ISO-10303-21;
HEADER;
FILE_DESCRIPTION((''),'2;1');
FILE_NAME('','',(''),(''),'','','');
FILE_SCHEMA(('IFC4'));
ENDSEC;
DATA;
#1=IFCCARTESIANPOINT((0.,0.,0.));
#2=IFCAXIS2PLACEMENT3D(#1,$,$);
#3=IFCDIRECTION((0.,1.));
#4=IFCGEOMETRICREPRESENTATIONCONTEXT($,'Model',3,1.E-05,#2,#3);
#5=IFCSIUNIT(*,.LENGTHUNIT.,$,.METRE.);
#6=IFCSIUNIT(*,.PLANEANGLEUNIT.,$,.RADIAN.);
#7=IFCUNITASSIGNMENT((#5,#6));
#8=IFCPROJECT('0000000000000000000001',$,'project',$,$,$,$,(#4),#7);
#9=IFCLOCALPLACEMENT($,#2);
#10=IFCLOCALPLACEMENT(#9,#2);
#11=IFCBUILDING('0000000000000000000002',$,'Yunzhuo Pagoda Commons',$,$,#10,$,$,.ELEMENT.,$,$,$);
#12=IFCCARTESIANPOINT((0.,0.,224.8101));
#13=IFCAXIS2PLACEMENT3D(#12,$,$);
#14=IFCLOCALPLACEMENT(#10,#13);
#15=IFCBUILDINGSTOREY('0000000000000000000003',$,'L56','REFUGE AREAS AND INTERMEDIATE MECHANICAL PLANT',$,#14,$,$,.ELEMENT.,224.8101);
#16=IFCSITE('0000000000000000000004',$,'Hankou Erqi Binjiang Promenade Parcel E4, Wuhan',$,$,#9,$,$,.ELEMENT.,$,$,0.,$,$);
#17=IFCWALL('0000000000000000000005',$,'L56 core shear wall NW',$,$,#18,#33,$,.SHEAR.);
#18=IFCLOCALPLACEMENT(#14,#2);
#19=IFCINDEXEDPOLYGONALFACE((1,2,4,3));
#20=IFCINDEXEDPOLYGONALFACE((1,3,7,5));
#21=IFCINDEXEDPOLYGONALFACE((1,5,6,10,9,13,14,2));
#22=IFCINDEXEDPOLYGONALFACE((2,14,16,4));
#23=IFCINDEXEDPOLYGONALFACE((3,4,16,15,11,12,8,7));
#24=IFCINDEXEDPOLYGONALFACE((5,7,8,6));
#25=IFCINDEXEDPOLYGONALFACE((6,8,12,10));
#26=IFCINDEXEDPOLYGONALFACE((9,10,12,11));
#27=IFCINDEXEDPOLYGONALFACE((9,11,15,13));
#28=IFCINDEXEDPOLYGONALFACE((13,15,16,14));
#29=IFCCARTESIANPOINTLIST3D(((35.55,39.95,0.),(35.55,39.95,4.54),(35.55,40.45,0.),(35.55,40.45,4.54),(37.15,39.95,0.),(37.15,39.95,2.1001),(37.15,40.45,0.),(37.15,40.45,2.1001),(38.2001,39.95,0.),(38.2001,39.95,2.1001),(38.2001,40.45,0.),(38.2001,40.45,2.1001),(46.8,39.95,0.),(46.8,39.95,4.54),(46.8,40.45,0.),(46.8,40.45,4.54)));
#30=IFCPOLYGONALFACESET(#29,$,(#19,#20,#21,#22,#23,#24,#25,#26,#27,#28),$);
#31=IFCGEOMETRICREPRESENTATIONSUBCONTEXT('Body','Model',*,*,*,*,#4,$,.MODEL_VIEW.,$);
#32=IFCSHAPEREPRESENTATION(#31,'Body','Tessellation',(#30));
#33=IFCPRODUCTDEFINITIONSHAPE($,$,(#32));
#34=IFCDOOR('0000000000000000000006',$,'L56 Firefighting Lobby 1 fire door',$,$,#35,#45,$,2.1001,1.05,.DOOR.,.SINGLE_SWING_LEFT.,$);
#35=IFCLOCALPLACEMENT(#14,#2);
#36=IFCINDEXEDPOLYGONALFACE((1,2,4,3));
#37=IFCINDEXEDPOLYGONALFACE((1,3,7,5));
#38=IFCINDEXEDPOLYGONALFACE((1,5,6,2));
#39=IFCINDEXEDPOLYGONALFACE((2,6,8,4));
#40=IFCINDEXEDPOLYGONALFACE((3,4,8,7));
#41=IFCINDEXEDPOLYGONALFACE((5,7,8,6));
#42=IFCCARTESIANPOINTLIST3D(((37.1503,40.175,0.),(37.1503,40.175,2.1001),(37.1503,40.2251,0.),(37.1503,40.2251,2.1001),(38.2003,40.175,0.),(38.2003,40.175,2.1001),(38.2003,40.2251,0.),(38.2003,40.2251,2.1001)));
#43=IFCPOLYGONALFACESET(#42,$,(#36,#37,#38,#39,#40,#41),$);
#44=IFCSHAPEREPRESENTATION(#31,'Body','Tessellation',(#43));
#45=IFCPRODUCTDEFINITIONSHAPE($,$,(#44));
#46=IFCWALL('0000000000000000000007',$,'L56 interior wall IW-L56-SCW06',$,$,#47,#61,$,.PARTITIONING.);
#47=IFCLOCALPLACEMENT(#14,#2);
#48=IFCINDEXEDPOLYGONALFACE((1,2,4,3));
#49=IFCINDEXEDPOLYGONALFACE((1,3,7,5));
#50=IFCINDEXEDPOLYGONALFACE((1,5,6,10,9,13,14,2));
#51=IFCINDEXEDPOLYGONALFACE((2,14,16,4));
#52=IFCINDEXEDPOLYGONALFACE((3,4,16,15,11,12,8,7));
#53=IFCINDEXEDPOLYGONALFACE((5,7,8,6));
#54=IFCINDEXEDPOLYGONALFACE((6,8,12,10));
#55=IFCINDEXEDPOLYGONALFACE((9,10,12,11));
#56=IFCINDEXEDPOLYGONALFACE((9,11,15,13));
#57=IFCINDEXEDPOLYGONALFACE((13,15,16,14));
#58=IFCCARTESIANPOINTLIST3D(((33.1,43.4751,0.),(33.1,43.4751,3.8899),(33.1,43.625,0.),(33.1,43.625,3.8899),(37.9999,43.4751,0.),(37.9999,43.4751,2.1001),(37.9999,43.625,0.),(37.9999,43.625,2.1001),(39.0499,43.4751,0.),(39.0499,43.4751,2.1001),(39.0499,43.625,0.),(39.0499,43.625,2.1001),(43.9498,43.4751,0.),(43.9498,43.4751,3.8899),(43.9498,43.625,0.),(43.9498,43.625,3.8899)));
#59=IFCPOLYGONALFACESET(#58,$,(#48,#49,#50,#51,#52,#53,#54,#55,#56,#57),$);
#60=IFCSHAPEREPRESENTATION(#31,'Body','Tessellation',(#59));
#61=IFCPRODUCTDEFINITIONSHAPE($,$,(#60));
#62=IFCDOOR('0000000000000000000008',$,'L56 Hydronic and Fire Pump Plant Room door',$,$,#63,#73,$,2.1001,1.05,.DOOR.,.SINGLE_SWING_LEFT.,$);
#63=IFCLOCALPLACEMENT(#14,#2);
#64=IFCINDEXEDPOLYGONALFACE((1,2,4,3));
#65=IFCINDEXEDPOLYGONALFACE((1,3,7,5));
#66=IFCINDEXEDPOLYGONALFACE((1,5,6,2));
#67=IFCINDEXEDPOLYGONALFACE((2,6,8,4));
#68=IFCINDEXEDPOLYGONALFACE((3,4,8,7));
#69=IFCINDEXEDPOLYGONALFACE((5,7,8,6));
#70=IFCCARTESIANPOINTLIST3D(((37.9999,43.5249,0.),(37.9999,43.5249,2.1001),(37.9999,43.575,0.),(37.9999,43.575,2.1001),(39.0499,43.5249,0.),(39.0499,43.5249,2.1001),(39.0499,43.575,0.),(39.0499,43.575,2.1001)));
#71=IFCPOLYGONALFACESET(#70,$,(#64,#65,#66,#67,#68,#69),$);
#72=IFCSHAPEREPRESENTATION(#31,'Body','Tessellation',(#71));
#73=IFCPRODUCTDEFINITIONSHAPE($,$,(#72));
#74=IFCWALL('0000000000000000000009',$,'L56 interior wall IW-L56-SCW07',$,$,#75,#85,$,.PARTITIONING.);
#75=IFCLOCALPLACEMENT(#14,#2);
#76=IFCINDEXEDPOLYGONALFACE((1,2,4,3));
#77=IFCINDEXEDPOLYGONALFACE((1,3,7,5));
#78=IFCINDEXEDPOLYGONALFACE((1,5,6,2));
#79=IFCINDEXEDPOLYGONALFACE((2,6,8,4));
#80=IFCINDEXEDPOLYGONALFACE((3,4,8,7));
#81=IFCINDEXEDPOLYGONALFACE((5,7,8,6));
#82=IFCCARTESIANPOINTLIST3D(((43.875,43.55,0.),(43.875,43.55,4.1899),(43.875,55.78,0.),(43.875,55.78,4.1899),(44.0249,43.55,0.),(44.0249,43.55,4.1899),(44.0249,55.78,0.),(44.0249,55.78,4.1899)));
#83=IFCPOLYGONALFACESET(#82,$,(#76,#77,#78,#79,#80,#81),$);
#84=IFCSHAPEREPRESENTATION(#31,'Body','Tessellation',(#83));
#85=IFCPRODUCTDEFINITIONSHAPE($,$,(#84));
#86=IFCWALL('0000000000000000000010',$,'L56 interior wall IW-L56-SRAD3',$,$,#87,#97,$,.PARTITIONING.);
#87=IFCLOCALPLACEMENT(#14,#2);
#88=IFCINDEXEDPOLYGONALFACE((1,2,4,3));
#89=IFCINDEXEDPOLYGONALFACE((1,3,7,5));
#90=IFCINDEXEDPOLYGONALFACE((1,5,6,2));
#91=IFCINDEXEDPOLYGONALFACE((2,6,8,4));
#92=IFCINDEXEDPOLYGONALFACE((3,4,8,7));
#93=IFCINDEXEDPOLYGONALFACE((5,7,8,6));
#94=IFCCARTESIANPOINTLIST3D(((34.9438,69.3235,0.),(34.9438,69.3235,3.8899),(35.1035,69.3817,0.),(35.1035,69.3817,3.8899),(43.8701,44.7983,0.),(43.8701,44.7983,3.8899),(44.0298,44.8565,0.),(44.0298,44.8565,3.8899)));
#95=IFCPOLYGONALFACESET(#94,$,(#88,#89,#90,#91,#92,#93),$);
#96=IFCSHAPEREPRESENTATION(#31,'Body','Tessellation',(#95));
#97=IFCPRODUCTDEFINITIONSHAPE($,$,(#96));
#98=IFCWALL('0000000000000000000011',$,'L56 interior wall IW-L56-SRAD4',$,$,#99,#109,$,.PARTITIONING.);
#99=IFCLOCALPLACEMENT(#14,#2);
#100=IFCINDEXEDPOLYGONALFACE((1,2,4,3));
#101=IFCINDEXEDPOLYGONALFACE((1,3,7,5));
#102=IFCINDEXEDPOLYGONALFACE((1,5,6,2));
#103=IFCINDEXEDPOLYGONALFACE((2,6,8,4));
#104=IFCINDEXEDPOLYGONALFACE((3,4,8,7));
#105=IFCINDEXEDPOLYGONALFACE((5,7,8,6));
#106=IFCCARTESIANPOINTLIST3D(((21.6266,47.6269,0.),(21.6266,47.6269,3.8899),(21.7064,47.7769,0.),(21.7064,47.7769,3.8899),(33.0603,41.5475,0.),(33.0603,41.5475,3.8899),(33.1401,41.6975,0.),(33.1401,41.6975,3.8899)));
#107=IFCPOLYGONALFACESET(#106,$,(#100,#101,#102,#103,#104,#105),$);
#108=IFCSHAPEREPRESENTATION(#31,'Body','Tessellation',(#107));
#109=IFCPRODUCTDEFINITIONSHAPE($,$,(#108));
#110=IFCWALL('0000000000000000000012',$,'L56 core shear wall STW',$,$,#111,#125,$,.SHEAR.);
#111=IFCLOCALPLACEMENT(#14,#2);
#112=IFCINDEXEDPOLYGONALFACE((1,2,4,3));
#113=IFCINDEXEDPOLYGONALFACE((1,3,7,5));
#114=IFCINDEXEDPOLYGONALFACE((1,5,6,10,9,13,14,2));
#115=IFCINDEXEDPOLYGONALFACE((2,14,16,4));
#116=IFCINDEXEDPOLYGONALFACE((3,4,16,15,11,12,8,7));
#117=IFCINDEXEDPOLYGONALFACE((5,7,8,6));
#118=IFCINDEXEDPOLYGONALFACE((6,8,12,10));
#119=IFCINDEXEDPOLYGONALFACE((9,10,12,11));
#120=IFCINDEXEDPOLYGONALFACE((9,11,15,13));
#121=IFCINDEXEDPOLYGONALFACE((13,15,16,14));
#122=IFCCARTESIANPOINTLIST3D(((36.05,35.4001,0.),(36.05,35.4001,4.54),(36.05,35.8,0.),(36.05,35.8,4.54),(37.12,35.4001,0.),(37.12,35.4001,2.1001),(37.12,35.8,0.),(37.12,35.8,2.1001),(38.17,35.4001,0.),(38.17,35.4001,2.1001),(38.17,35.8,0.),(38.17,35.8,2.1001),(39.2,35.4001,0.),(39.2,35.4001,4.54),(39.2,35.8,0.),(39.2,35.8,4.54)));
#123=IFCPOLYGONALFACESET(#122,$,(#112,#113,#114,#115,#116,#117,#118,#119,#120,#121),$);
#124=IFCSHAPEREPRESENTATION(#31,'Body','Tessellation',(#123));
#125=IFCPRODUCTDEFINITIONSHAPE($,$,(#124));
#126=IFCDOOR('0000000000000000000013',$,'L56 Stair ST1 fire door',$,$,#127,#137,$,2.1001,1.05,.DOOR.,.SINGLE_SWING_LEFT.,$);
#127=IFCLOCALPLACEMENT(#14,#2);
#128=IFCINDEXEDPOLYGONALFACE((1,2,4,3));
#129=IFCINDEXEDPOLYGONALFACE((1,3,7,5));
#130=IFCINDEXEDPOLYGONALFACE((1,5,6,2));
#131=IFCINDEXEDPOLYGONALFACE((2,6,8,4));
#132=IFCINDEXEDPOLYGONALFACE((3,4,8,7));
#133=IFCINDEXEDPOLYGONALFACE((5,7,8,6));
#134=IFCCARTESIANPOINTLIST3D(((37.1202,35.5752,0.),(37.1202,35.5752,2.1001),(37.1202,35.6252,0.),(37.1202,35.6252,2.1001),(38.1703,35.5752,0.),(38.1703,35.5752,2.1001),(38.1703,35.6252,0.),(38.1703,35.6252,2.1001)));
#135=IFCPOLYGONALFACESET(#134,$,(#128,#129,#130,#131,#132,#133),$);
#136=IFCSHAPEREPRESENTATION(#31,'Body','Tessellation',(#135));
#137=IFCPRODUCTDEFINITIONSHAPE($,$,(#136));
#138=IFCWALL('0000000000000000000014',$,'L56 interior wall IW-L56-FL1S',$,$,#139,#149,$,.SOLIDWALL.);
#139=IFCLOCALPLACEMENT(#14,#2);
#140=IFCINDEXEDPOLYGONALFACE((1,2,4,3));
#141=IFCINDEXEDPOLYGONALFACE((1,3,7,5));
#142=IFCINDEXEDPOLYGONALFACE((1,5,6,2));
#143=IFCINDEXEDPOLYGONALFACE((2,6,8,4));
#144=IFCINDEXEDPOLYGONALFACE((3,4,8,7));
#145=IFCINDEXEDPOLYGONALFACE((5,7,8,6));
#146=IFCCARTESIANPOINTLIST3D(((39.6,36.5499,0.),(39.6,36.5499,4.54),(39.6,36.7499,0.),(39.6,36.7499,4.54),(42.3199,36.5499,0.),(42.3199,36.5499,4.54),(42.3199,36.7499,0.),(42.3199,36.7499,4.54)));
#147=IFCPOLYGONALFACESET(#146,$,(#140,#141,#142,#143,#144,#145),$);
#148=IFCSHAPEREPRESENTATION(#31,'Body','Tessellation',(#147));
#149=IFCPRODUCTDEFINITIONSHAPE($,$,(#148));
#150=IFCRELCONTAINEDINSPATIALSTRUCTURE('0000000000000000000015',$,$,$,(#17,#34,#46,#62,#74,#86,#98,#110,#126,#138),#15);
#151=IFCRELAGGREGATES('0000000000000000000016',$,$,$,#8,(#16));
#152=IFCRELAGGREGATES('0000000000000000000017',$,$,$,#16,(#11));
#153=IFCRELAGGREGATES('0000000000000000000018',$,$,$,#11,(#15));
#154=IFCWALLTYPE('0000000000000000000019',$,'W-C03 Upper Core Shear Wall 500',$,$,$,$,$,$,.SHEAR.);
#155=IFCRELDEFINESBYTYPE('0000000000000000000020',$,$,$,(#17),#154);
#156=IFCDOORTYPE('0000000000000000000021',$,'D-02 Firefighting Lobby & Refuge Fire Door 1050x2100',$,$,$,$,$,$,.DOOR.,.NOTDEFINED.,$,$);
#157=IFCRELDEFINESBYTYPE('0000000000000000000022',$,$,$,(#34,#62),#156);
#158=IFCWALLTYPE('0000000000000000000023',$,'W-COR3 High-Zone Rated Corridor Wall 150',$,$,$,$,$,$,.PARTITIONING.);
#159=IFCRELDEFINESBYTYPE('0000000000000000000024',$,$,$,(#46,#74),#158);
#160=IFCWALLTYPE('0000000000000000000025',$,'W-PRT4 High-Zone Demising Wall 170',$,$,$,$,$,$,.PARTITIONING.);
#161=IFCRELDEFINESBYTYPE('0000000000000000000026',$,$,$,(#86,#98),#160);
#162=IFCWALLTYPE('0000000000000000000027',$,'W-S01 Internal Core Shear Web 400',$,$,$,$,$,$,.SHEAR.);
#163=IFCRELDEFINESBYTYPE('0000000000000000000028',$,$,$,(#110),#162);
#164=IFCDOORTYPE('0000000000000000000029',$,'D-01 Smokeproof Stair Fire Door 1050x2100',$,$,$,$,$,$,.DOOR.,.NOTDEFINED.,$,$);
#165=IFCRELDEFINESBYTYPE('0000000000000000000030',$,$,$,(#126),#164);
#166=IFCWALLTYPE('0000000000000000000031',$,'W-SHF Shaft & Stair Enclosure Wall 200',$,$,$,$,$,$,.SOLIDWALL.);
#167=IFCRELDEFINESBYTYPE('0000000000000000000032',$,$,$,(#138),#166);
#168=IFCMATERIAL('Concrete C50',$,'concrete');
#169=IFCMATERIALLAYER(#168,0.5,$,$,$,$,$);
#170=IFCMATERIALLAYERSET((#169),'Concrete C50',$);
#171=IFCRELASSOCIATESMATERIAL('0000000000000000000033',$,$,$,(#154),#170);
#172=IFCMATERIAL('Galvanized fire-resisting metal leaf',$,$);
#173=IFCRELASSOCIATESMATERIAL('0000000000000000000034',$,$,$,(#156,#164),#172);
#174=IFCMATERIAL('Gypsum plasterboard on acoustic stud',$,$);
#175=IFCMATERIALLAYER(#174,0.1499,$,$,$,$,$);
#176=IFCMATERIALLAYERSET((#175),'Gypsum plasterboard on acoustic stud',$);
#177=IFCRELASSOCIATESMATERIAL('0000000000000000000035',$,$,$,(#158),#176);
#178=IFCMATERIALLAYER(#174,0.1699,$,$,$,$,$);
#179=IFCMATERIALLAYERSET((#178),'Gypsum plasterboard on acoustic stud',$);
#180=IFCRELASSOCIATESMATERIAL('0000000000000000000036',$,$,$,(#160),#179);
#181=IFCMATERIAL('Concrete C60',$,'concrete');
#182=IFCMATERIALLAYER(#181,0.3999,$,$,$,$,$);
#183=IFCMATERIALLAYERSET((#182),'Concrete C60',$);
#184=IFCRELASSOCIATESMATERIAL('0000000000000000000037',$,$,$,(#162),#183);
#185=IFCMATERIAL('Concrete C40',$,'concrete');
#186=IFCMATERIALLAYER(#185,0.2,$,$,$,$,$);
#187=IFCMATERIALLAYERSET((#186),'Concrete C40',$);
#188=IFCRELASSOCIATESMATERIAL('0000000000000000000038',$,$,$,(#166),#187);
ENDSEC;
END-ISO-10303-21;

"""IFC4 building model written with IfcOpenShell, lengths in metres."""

from ifc_helpers import new_model, si_unit, direction, frame, frame_2d, origin, origin_with_axes, place, context, subcontext, project, spatial, rectangle, extrude, source, transform, mapped, material, layer, layer_set, type_object, element, fill, save


model = new_model("IFC4")

# Units and contexts
model_context = context("Model", 3, precision=1e-05, world=origin(), true_north=direction((0.0, 1.0)))
body_context = subcontext(model_context, "Body", "Model", "MODEL_VIEW")
ifc_project = project(units=[si_unit("LENGTHUNIT", "METRE"), si_unit("PLANEANGLEUNIT", "RADIAN")], contexts=[model_context])

# Site, building, storey
site_placement = place(None, origin())
site = spatial("IfcSite", under=ifc_project, at=site_placement, Name="Hankou Erqi Binjiang Promenade Parcel E4, Wuhan", CompositionType="ELEMENT", RefElevation=0.0)
building_placement = place(site_placement, origin())
building = spatial("IfcBuilding", under=site, at=building_placement, Name="Yunzhuo Pagoda Commons", CompositionType="ELEMENT")
storey_placement = place(building_placement, frame((0.0, 0.0, 224.8101)))
storey = spatial("IfcBuildingStorey", under=building, at=storey_placement, Name="L56", Description="REFUGE AREAS AND INTERMEDIATE MECHANICAL PLANT", CompositionType="ELEMENT", Elevation=224.8101)

# Walls, openings, doors
ifc_material_1 = material(Name="Concrete C50", Category="concrete")
ifc_layer_1 = layer(ifc_material_1, 0.5)
ifc_layer_set_1 = layer_set([ifc_layer_1], Name="Concrete C50")
wall_type_1 = type_object("IfcWallType", Name="W-C03 Upper Core Shear Wall 500", PredefinedType="SHEAR", material=ifc_layer_set_1)
wall_1_placement = place(storey_placement, frame((35.55, 40.2, 0.0), z_axis=(0.0, 0.0, 1.0), x_axis=(1.0, 0.0, 0.0)))
wall_1 = element("IfcWall", 1, at=wall_1_placement, inside=storey, type_object=wall_type_1, Name="L56 core shear wall NW", PredefinedType="SHEAR", context=body_context, shape_type="SweptSolid", body=[
    extrude(rectangle(XDim=11.25, YDim=0.5, at=frame_2d((5.625, 0.0))), origin(), (0.0, 0.0, 1.0), 4.54),
])
opening_1_placement = place(wall_1_placement, frame((1.6001, 0.0, 0.0)))
opening_1 = element("IfcOpeningElement", 2, at=opening_1_placement, cuts=wall_1, PredefinedType="OPENING", context=body_context, shape_type="SweptSolid", body=[
    extrude(rectangle(XDim=1.05, YDim=2.1001, at=frame_2d((0.5249, 1.05))), frame((0.0, 0.26, 0.0), z_axis=(0.0, -1.0, 0.0), x_axis=(1.0, 0.0, 0.0)), (0.0, 0.0, 1.0), 0.52),
])
ifc_material_2 = material(Name="Galvanized fire-resisting metal leaf")
door_type_1 = type_object("IfcDoorType", Name="D-02 Firefighting Lobby & Refuge Fire Door 1050x2100", OperationType="NOTDEFINED", PredefinedType="DOOR", material=ifc_material_2)
shared_shape_1 = source(origin(), body_context, "Body", "SweptSolid", [
    extrude(rectangle(XDim=1.05, YDim=2.1001, at=frame_2d((0.5249, 1.05))), frame((0.0, 0.0249, 0.0), z_axis=(0.0, -1.0, 0.0), x_axis=(1.0, 0.0, 0.0)), (0.0, 0.0, 1.0), 0.05),
])
door_1_placement = place(opening_1_placement, frame((1.05, 0.0, 0.0), z_axis=(0.0, 0.0, 1.0), x_axis=(-1.0, 0.0, 0.0)))
door_1 = element("IfcDoor", 3, at=door_1_placement, inside=storey, type_object=door_type_1, Name="L56 Firefighting Lobby 1 fire door", OperationType="SINGLE_SWING_LEFT", OverallHeight=2.1001, OverallWidth=1.05, PredefinedType="DOOR", context=body_context, shape_type="MappedRepresentation", body=[
    mapped(shared_shape_1, transform((0.0, 0.0, 0.0), scale=1.0)),
])
fill(opening_1, door_1)
ifc_material_3 = material(Name="Gypsum plasterboard on acoustic stud")
ifc_layer_2 = layer(ifc_material_3, 0.1499)
ifc_layer_set_2 = layer_set([ifc_layer_2], Name="Gypsum plasterboard on acoustic stud")
wall_type_2 = type_object("IfcWallType", Name="W-COR3 High-Zone Rated Corridor Wall 150", PredefinedType="PARTITIONING", material=ifc_layer_set_2)
wall_2_placement = place(storey_placement, frame((33.1001, 43.55, 0.0), z_axis=(0.0, 0.0, 1.0), x_axis=(1.0, 0.0, 0.0)))
wall_2 = element("IfcWall", 4, at=wall_2_placement, inside=storey, type_object=wall_type_2, Name="L56 interior wall IW-L56-SCW06", PredefinedType="PARTITIONING", context=body_context, shape_type="SweptSolid", body=[
    extrude(rectangle(XDim=10.8499, YDim=0.1499, at=frame_2d((5.4248, 0.0))), origin(), (0.0, 0.0, 1.0), 3.8899),
])
opening_2_placement = place(wall_2_placement, frame((4.8999, 0.0, 0.0)))
opening_2 = element("IfcOpeningElement", 5, at=opening_2_placement, cuts=wall_2, PredefinedType="OPENING", context=body_context, shape_type="SweptSolid", body=[
    extrude(rectangle(XDim=1.05, YDim=2.1001, at=frame_2d((0.5249, 1.05))), frame((0.0, 0.085, 0.0), z_axis=(0.0, -1.0, 0.0), x_axis=(1.0, 0.0, 0.0)), (0.0, 0.0, 1.0), 0.1699),
])
door_2_placement = place(opening_2_placement, origin_with_axes())
door_2 = element("IfcDoor", 6, at=door_2_placement, inside=storey, type_object=door_type_1, Name="L56 Hydronic and Fire Pump Plant Room door", OperationType="SINGLE_SWING_LEFT", OverallHeight=2.1001, OverallWidth=1.05, PredefinedType="DOOR", context=body_context, shape_type="MappedRepresentation", body=[
    mapped(shared_shape_1, transform((0.0, 0.0, 0.0), scale=1.0)),
])
fill(opening_2, door_2)

# Walls
wall_3_placement = place(storey_placement, frame((43.95, 43.55, 0.0), z_axis=(0.0, 0.0, 1.0), x_axis=(0.0, 1.0, 0.0)))
element("IfcWall", 7, at=wall_3_placement, inside=storey, type_object=wall_type_2, Name="L56 interior wall IW-L56-SCW07", PredefinedType="PARTITIONING", context=body_context, shape_type="SweptSolid", body=[
    extrude(rectangle(XDim=12.23, YDim=0.1499, at=frame_2d((6.115, 0.0))), origin(), (0.0, 0.0, 1.0), 4.1899),
])
ifc_layer_3 = layer(ifc_material_3, 0.1699)
ifc_layer_set_3 = layer_set([ifc_layer_3], Name="Gypsum plasterboard on acoustic stud")
wall_type_3 = type_object("IfcWallType", Name="W-PRT4 High-Zone Demising Wall 170", PredefinedType="PARTITIONING", material=ifc_layer_set_3)
wall_4_placement = place(storey_placement, frame((43.95, 44.8274, 0.0), z_axis=(0.0, 0.0, 1.0), x_axis=(-0.342015, 0.939695, 0.0)))
element("IfcWall", 8, at=wall_4_placement, inside=storey, type_object=wall_type_3, Name="L56 interior wall IW-L56-SRAD3", PredefinedType="PARTITIONING", context=body_context, shape_type="SweptSolid", body=[
    extrude(rectangle(XDim=26.0991, YDim=0.1699, at=frame_2d((13.0496, 0.0))), origin(), (0.0, 0.0, 1.0), 3.8899),
])
wall_5_placement = place(storey_placement, frame((33.1001, 41.6226, 0.0), z_axis=(0.0, 0.0, 1.0), x_axis=(-0.882948, 0.469471, 0.0)))
element("IfcWall", 9, at=wall_5_placement, inside=storey, type_object=wall_type_3, Name="L56 interior wall IW-L56-SRAD4", PredefinedType="PARTITIONING", context=body_context, shape_type="SweptSolid", body=[
    extrude(rectangle(XDim=12.9495, YDim=0.1699, at=frame_2d((6.4746, 0.0))), origin(), (0.0, 0.0, 1.0), 3.8899),
])

# Wall, opening, door
ifc_material_4 = material(Name="Concrete C60", Category="concrete")
ifc_layer_4 = layer(ifc_material_4, 0.3999)
ifc_layer_set_4 = layer_set([ifc_layer_4], Name="Concrete C60")
wall_type_4 = type_object("IfcWallType", Name="W-S01 Internal Core Shear Web 400", PredefinedType="SHEAR", material=ifc_layer_set_4)
wall_6_placement = place(storey_placement, frame((36.05, 35.6001, 0.0), z_axis=(0.0, 0.0, 1.0), x_axis=(1.0, 0.0, 0.0)))
wall_6 = element("IfcWall", 10, at=wall_6_placement, inside=storey, type_object=wall_type_4, Name="L56 core shear wall STW", PredefinedType="SHEAR", context=body_context, shape_type="SweptSolid", body=[
    extrude(rectangle(XDim=3.1499, YDim=0.3999, at=frame_2d((1.575, 0.0))), origin(), (0.0, 0.0, 1.0), 4.54),
])
opening_3_placement = place(wall_6_placement, frame((1.0701, 0.0, 0.0)))
opening_3 = element("IfcOpeningElement", 11, at=opening_3_placement, cuts=wall_6, PredefinedType="OPENING", context=body_context, shape_type="SweptSolid", body=[
    extrude(rectangle(XDim=1.05, YDim=2.1001, at=frame_2d((0.5249, 1.05))), frame((0.0, 0.21, 0.0), z_axis=(0.0, -1.0, 0.0), x_axis=(1.0, 0.0, 0.0)), (0.0, 0.0, 1.0), 0.4199),
])
door_type_2 = type_object("IfcDoorType", Name="D-01 Smokeproof Stair Fire Door 1050x2100", OperationType="NOTDEFINED", PredefinedType="DOOR", material=ifc_material_2)
door_3_placement = place(opening_3_placement, frame((1.05, 0.0, 0.0), z_axis=(0.0, 0.0, 1.0), x_axis=(-1.0, 0.0, 0.0)))
door_3 = element("IfcDoor", 12, at=door_3_placement, inside=storey, type_object=door_type_2, Name="L56 Stair ST1 fire door", OperationType="SINGLE_SWING_LEFT", OverallHeight=2.1001, OverallWidth=1.05, PredefinedType="DOOR", context=body_context, shape_type="MappedRepresentation", body=[
    mapped(shared_shape_1, transform((0.0, 0.0, 0.0), scale=1.0)),
])
fill(opening_3, door_3)

# Wall
ifc_material_5 = material(Name="Concrete C40", Category="concrete")
ifc_layer_5 = layer(ifc_material_5, 0.2)
ifc_layer_set_5 = layer_set([ifc_layer_5], Name="Concrete C40")
wall_type_5 = type_object("IfcWallType", Name="W-SHF Shaft & Stair Enclosure Wall 200", PredefinedType="SOLIDWALL", material=ifc_layer_set_5)
wall_7_placement = place(storey_placement, frame((39.6001, 36.6499, 0.0), z_axis=(0.0, 0.0, 1.0), x_axis=(1.0, 0.0, 0.0)))
element("IfcWall", 13, at=wall_7_placement, inside=storey, type_object=wall_type_5, Name="L56 interior wall IW-L56-FL1S", PredefinedType="SOLIDWALL", context=body_context, shape_type="SweptSolid", body=[
    extrude(rectangle(XDim=2.72, YDim=0.2, at=frame_2d((1.3599, 0.0))), origin(), (0.0, 0.0, 1.0), 4.54),
])

save(model, "model.ifc")
